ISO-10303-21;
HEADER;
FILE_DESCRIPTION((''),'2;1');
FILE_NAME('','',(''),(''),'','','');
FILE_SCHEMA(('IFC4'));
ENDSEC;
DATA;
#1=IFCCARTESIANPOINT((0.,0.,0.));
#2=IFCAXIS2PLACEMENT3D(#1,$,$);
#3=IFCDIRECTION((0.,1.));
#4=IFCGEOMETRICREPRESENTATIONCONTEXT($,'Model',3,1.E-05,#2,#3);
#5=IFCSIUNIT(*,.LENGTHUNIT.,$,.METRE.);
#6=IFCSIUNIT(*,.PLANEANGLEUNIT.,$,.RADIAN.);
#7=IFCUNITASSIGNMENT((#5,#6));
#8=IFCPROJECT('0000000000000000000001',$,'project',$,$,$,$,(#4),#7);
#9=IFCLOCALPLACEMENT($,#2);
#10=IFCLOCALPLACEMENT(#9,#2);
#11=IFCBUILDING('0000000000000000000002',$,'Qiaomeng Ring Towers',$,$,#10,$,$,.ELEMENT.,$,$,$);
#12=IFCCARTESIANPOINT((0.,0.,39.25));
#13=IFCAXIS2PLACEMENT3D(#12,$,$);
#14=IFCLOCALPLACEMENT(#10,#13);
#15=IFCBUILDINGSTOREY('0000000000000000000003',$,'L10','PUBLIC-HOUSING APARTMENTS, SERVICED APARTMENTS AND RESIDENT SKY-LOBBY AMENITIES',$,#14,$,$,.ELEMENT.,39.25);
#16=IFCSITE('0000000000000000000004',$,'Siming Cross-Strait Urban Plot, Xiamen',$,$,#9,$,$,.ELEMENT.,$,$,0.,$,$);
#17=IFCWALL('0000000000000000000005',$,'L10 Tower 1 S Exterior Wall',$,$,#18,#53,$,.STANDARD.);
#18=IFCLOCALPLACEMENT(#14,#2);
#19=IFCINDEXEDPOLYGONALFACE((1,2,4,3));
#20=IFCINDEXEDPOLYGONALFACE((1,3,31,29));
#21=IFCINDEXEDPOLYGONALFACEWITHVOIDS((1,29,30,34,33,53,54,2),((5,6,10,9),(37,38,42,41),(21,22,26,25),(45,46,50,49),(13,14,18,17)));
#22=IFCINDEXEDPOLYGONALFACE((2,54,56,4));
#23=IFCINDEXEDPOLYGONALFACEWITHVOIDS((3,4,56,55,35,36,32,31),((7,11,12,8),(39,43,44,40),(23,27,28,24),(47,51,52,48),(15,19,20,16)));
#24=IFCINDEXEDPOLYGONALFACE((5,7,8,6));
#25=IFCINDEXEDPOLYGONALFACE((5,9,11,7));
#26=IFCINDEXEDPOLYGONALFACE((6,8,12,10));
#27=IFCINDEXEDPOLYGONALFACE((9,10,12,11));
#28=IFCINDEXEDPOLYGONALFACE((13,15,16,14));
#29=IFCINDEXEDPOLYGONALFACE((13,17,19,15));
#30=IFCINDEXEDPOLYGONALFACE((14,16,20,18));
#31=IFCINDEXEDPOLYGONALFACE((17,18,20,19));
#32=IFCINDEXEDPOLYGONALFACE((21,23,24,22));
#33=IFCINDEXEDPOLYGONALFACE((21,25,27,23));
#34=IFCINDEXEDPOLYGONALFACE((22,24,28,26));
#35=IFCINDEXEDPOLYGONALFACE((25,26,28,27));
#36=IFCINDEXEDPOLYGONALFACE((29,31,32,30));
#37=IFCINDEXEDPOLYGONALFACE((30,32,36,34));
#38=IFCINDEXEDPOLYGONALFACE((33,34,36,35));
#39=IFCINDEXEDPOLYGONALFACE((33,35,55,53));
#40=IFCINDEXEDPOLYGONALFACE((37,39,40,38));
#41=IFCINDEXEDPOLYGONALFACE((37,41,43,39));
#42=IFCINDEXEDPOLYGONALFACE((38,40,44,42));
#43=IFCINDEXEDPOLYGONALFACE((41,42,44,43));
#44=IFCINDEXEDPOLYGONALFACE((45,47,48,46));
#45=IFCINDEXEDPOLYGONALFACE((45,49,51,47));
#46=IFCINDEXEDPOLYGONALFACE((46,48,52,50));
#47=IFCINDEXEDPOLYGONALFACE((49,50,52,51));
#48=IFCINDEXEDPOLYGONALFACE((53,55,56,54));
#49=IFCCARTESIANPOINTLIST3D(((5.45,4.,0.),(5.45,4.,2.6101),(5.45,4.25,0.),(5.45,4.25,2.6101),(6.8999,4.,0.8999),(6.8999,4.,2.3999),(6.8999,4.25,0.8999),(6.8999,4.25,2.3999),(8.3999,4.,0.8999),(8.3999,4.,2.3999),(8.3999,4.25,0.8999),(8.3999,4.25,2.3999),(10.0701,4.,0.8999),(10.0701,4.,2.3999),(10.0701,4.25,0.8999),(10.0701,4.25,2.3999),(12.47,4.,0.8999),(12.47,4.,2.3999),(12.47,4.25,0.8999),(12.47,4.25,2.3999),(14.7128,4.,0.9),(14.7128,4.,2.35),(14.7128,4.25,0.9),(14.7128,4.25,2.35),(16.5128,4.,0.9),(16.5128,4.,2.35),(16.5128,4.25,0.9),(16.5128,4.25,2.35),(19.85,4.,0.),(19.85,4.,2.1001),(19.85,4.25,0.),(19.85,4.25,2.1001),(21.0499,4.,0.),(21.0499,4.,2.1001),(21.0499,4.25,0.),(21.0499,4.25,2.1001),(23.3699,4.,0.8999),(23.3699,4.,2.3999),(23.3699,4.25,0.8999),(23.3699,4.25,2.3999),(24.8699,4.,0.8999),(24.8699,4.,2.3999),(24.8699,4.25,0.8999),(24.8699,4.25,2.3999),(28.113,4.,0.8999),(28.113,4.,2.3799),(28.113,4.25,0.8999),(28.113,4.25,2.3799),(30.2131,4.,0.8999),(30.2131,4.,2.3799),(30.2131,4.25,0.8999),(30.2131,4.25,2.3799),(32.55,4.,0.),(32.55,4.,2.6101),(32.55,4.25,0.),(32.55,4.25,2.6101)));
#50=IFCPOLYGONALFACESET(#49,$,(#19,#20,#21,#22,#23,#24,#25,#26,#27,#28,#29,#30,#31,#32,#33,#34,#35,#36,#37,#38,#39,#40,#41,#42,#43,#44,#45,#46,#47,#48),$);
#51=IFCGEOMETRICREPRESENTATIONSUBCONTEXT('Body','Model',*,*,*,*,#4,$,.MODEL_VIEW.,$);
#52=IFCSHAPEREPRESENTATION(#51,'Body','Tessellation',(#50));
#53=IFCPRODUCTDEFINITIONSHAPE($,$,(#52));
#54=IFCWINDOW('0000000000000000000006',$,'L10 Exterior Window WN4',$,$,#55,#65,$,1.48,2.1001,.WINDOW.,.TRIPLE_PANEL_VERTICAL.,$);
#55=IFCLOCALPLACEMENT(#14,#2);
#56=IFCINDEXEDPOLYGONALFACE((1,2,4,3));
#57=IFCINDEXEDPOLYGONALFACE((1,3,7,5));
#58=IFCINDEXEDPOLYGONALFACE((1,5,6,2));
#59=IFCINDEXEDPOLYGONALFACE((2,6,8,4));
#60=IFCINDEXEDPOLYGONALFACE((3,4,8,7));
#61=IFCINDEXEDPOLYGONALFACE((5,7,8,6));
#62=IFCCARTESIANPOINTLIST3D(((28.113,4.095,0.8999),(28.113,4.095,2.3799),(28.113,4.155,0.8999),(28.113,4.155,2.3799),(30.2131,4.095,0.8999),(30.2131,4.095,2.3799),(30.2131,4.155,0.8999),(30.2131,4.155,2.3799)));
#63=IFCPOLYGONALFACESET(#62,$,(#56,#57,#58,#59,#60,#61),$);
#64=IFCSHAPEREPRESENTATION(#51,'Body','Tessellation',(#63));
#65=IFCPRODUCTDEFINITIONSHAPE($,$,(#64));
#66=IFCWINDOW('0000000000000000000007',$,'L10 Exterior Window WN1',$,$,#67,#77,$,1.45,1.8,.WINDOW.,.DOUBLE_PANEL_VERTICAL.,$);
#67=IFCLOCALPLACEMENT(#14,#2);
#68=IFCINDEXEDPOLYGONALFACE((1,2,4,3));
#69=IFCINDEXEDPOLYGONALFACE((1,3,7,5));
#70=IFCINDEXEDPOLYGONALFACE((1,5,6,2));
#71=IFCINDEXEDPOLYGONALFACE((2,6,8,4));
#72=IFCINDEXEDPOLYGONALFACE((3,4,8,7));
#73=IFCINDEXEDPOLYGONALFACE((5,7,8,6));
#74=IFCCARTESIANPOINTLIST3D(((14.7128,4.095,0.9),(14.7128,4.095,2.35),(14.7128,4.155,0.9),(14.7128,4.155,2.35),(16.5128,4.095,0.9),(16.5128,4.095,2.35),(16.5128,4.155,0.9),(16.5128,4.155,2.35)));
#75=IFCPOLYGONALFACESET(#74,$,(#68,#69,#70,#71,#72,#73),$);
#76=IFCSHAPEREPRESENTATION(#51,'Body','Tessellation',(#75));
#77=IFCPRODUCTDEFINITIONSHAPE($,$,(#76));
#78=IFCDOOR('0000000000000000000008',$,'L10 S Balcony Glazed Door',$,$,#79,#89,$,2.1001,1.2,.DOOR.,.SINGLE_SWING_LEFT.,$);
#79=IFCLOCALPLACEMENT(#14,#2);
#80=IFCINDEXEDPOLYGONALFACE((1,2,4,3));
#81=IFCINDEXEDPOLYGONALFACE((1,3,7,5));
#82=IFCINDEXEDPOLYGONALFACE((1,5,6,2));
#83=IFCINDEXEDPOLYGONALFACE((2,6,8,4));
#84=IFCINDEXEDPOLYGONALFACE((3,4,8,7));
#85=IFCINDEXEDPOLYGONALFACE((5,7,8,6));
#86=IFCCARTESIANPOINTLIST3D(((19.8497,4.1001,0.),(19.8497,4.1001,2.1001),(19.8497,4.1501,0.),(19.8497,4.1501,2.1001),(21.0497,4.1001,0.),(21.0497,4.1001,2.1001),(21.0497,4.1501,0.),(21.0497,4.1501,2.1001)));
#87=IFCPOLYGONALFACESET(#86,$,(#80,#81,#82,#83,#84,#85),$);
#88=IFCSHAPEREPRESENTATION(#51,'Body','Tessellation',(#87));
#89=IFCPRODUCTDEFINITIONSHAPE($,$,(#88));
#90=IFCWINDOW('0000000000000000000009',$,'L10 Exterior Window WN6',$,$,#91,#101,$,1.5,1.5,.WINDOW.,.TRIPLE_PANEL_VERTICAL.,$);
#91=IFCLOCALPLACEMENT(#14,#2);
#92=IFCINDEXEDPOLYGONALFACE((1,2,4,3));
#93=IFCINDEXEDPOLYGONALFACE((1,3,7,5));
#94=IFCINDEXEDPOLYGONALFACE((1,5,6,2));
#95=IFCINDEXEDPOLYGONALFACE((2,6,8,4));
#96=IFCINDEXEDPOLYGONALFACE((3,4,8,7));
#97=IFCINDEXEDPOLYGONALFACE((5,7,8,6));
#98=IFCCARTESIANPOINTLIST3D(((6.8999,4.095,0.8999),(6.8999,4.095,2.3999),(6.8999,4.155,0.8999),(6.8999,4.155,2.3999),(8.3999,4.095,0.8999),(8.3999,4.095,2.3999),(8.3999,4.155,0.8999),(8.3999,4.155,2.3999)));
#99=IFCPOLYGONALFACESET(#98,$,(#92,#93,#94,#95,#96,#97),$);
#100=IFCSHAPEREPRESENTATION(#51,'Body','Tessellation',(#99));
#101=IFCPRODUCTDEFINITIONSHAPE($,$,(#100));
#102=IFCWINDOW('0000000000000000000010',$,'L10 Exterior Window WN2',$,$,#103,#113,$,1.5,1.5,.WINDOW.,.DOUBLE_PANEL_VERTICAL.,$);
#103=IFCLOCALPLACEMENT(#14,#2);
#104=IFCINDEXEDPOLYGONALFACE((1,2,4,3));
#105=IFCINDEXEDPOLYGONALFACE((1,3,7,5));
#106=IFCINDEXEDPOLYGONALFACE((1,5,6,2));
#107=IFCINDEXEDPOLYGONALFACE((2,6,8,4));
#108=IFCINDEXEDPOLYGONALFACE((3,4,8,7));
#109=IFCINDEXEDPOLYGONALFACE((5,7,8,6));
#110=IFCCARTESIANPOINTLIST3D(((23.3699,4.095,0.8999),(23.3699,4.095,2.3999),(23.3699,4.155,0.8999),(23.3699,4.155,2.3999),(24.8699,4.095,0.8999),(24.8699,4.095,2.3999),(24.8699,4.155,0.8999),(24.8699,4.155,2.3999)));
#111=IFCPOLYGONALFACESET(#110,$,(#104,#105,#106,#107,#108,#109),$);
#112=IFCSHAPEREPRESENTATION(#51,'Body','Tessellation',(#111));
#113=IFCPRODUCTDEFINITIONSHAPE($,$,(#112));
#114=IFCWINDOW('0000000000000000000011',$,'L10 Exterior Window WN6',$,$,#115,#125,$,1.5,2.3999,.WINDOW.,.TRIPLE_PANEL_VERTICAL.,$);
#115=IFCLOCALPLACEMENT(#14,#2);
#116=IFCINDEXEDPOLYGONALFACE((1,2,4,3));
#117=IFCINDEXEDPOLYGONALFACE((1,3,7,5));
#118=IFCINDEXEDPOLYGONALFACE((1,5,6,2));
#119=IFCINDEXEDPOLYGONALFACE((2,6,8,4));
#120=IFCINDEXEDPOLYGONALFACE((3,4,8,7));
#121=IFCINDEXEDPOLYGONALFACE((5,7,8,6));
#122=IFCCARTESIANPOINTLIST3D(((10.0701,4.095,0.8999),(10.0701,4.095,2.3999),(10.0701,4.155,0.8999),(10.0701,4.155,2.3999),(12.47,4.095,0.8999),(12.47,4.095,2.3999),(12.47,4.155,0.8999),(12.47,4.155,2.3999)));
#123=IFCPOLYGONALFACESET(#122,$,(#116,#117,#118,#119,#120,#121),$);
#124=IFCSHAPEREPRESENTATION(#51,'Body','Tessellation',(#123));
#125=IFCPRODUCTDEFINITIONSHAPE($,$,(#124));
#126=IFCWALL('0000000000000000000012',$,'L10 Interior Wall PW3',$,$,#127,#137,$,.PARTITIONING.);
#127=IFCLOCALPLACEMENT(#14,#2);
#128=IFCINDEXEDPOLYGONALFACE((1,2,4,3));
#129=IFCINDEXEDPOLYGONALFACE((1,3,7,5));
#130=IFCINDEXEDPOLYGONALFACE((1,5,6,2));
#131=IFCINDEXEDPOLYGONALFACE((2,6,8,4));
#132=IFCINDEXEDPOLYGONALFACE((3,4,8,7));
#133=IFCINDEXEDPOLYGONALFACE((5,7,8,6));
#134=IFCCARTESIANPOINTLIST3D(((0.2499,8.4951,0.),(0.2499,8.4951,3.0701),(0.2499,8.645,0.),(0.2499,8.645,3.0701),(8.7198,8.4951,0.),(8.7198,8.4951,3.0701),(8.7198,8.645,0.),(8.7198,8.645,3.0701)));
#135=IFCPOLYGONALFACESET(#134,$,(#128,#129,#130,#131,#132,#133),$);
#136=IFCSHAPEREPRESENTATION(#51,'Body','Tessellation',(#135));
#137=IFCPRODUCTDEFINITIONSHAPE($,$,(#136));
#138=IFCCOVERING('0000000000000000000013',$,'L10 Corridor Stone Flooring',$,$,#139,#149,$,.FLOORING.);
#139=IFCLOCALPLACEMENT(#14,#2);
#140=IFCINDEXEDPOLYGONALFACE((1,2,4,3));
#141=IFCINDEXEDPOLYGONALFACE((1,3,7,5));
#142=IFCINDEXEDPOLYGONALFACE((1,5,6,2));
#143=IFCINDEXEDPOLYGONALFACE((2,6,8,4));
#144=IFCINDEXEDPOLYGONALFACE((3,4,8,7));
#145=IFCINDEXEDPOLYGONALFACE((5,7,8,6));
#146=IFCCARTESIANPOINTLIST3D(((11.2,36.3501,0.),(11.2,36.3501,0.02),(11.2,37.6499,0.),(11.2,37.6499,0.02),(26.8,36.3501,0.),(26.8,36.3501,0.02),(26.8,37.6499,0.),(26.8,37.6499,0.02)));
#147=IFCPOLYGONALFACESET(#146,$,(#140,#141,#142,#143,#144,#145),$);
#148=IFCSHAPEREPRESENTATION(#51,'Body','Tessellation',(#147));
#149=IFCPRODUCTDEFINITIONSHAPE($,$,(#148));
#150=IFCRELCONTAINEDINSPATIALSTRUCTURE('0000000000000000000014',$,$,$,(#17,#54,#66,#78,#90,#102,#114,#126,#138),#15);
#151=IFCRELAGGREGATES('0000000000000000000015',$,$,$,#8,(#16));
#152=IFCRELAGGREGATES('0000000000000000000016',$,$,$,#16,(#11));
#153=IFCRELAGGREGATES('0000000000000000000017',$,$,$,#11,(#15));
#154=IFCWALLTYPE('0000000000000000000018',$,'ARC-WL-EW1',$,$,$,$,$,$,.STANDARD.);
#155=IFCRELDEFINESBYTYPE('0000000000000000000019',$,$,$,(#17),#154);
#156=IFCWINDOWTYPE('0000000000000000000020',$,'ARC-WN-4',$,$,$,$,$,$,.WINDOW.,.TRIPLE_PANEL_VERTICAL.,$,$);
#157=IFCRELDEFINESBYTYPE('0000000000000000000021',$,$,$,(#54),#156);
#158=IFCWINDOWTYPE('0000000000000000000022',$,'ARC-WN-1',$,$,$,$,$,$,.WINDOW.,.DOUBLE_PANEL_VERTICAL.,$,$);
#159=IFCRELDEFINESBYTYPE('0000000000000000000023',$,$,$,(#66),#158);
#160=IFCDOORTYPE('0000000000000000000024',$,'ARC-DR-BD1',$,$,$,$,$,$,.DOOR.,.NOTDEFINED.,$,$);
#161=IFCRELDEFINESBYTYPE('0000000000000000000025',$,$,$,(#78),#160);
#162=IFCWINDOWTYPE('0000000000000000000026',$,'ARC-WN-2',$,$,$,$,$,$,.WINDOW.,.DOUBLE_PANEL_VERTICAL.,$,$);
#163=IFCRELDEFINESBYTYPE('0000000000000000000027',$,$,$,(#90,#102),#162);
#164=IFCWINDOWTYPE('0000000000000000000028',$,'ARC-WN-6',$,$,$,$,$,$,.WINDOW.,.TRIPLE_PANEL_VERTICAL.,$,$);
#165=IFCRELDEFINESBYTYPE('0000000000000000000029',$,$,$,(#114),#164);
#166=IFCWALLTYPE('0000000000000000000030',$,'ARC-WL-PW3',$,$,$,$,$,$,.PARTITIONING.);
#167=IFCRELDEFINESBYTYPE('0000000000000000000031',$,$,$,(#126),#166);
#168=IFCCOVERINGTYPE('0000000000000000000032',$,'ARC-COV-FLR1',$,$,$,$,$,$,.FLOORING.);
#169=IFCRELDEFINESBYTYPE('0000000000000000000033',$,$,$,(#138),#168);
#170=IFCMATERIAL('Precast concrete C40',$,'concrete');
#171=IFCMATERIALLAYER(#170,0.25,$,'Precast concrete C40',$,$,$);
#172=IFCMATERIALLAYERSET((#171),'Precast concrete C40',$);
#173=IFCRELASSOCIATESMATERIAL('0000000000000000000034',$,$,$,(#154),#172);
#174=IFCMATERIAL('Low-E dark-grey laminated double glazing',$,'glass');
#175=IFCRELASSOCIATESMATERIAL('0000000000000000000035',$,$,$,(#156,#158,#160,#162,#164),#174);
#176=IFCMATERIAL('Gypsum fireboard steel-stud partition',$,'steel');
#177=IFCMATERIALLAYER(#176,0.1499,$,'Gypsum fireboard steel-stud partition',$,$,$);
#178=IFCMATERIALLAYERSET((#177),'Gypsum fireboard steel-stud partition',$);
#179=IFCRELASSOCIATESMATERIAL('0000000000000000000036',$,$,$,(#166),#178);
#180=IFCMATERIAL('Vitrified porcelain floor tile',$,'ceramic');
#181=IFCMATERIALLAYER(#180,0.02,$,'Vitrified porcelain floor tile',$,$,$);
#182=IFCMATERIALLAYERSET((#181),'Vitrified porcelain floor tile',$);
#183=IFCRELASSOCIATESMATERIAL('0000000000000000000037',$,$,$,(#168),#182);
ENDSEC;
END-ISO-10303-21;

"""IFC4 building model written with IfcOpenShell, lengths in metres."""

from ifc_helpers import new_model, si_unit, direction, frame, frame_2d, origin, place, context, subcontext, project, spatial, polyline, rectangle, outline, extrude, source, transform, mapped, material, layer, layer_set, type_object, element, fill, save


model = new_model("IFC4")

# Units and contexts
model_context = context("Model", 3, precision=1e-05, world=origin(), true_north=direction((0.0, 1.0)))
body_context = subcontext(model_context, "Body", "Model", "MODEL_VIEW")
ifc_project = project(units=[si_unit("LENGTHUNIT", "METRE"), si_unit("PLANEANGLEUNIT", "RADIAN")], contexts=[model_context])

# Site, building, storey
site_placement = place(None, origin())
site = spatial("IfcSite", under=ifc_project, at=site_placement, Name="Siming Cross-Strait Urban Plot, Xiamen", CompositionType="ELEMENT", RefElevation=0.0)
building_placement = place(site_placement, origin())
building = spatial("IfcBuilding", under=site, at=building_placement, Name="Qiaomeng Ring Towers", CompositionType="ELEMENT")
storey_placement = place(building_placement, frame((0.0, 0.0, 39.25)))
storey = spatial("IfcBuildingStorey", under=building, at=storey_placement, Name="L10", Description="PUBLIC-HOUSING APARTMENTS, SERVICED APARTMENTS AND RESIDENT SKY-LOBBY AMENITIES", CompositionType="ELEMENT", Elevation=39.25)

# Shared definitions
ifc_material_1 = material(Name="Low-E dark-grey laminated double glazing", Category="glass")

# Wall, openings, windows, door
ifc_material_2 = material(Name="Precast concrete C40", Category="concrete")
ifc_layer_1 = layer(ifc_material_2, 0.25, Name="Precast concrete C40")
ifc_layer_set_1 = layer_set([ifc_layer_1], Name="Precast concrete C40")
wall_type_1 = type_object("IfcWallType", Name="ARC-WL-EW1", PredefinedType="STANDARD", material=ifc_layer_set_1)
wall_1_placement = place(storey_placement, frame((5.45, 4.125, 0.0), z_axis=(0.0, 0.0, 1.0), x_axis=(1.0, 0.0, 0.0)))
wall_1 = element("IfcWall", 1, at=wall_1_placement, inside=storey, type_object=wall_type_1, Name="L10 Tower 1 S Exterior Wall", PredefinedType="STANDARD", context=body_context, shape_type="SweptSolid", body=[
    extrude(rectangle(XDim=27.1001, YDim=0.25, at=frame_2d((13.55, 0.0))), origin(), (0.0, 0.0, 1.0), 2.6101),
])
opening_1_placement = place(wall_1_placement, frame((14.3999, 0.0, 0.0)))
opening_1 = element("IfcOpeningElement", 2, at=opening_1_placement, cuts=wall_1, PredefinedType="OPENING", context=body_context, shape_type="SweptSolid", body=[
    extrude(rectangle(XDim=1.2, YDim=2.1001, at=frame_2d((0.6001, 1.05))), frame((0.0, 0.135, 0.0), z_axis=(0.0, -1.0, 0.0), x_axis=(1.0, 0.0, 0.0)), (0.0, 0.0, 1.0), 0.27),
])
opening_2_placement = place(wall_1_placement, frame((1.45, 0.0, 0.8999)))
opening_2 = element("IfcOpeningElement", 3, at=opening_2_placement, cuts=wall_1, PredefinedType="OPENING", context=body_context, shape_type="SweptSolid", body=[
    extrude(rectangle(XDim=1.5, YDim=1.5, at=frame_2d((0.75, 0.75))), frame((0.0, 0.135, 0.0), z_axis=(0.0, -1.0, 0.0), x_axis=(1.0, 0.0, 0.0)), (0.0, 0.0, 1.0), 0.27),
])
opening_3_placement = place(wall_1_placement, frame((9.2629, 0.0, 0.8999)))
opening_3 = element("IfcOpeningElement", 4, at=opening_3_placement, cuts=wall_1, PredefinedType="OPENING", context=body_context, shape_type="SweptSolid", body=[
    extrude(rectangle(XDim=1.8, YDim=1.45, at=frame_2d((0.8999, 0.7251))), frame((0.0, 0.135, 0.0), z_axis=(0.0, -1.0, 0.0), x_axis=(1.0, 0.0, 0.0)), (0.0, 0.0, 1.0), 0.27),
])
opening_4_placement = place(wall_1_placement, frame((17.9199, 0.0, 0.8999)))
opening_4 = element("IfcOpeningElement", 5, at=opening_4_placement, cuts=wall_1, PredefinedType="OPENING", context=body_context, shape_type="SweptSolid", body=[
    extrude(rectangle(XDim=1.5, YDim=1.5, at=frame_2d((0.75, 0.75))), frame((0.0, 0.135, 0.0), z_axis=(0.0, -1.0, 0.0), x_axis=(1.0, 0.0, 0.0)), (0.0, 0.0, 1.0), 0.27),
])
opening_5_placement = place(wall_1_placement, frame((22.6631, 0.0, 0.8999)))
opening_5 = element("IfcOpeningElement", 6, at=opening_5_placement, cuts=wall_1, PredefinedType="OPENING", context=body_context, shape_type="SweptSolid", body=[
    extrude(rectangle(XDim=2.1001, YDim=1.48, at=frame_2d((1.05, 0.74))), frame((0.0, 0.135, 0.0), z_axis=(0.0, -1.0, 0.0), x_axis=(1.0, 0.0, 0.0)), (0.0, 0.0, 1.0), 0.27),
])
opening_6_placement = place(wall_1_placement, frame((4.6201, 0.0, 0.8999)))
opening_6 = element("IfcOpeningElement", 7, at=opening_6_placement, cuts=wall_1, PredefinedType="OPENING", context=body_context, shape_type="SweptSolid", body=[
    extrude(rectangle(XDim=2.3999, YDim=1.5, at=frame_2d((1.2, 0.75))), frame((0.0, 0.135, 0.0), z_axis=(0.0, -1.0, 0.0), x_axis=(1.0, 0.0, 0.0)), (0.0, 0.0, 1.0), 0.27),
])
window_type_1 = type_object("IfcWindowType", Name="ARC-WN-4", PartitioningType="TRIPLE_PANEL_VERTICAL", PredefinedType="WINDOW", material=ifc_material_1)
shared_shape_1 = source(origin(), body_context, "Body", "SweptSolid", [
    extrude(rectangle(XDim=2.1001, YDim=1.48, at=frame_2d((1.05, 0.74))), frame((0.0, 0.03, 0.0), z_axis=(0.0, -1.0, 0.0), x_axis=(1.0, 0.0, 0.0)), (0.0, 0.0, 1.0), 0.0601),
])
window_1_placement = place(opening_5_placement, origin())
window_1 = element("IfcWindow", 8, at=window_1_placement, inside=storey, type_object=window_type_1, Name="L10 Exterior Window WN4", OverallHeight=1.48, OverallWidth=2.1001, PartitioningType="TRIPLE_PANEL_VERTICAL", PredefinedType="WINDOW", context=body_context, shape_type="MappedRepresentation", body=[
    mapped(shared_shape_1, transform((0.0, 0.0, 0.0), x_axis=(1.0, 0.0, 0.0), y_axis=(0.0, 1.0, 0.0), z_axis=(0.0, 0.0, 1.0), scale=1.0)),
])
fill(opening_5, window_1)
window_type_2 = type_object("IfcWindowType", Name="ARC-WN-1", PartitioningType="DOUBLE_PANEL_VERTICAL", PredefinedType="WINDOW", material=ifc_material_1)
shared_shape_2 = source(origin(), body_context, "Body", "SweptSolid", [
    extrude(rectangle(XDim=1.8, YDim=1.45, at=frame_2d((0.8999, 0.7251))), frame((0.0, 0.03, 0.0), z_axis=(0.0, -1.0, 0.0), x_axis=(1.0, 0.0, 0.0)), (0.0, 0.0, 1.0), 0.0601),
])
window_2_placement = place(opening_3_placement, origin())
window_2 = element("IfcWindow", 9, at=window_2_placement, inside=storey, type_object=window_type_2, Name="L10 Exterior Window WN1", OverallHeight=1.45, OverallWidth=1.8, PartitioningType="DOUBLE_PANEL_VERTICAL", PredefinedType="WINDOW", context=body_context, shape_type="MappedRepresentation", body=[
    mapped(shared_shape_2, transform((0.0, 0.0, 0.0), x_axis=(1.0, 0.0, 0.0), y_axis=(0.0, 1.0, 0.0), z_axis=(0.0, 0.0, 1.0), scale=1.0)),
])
fill(opening_3, window_2)
door_type = type_object("IfcDoorType", Name="ARC-DR-BD1", OperationType="NOTDEFINED", PredefinedType="DOOR", material=ifc_material_1)
shared_shape_3 = source(origin(), body_context, "Body", "SweptSolid", [
    extrude(rectangle(XDim=1.2, YDim=2.1001, at=frame_2d((0.6001, 1.05))), frame((0.0, 0.0249, 0.0), z_axis=(0.0, -1.0, 0.0), x_axis=(1.0, 0.0, 0.0)), (0.0, 0.0, 1.0), 0.05),
])
door_placement = place(opening_1_placement, frame((1.2, 0.0, 0.0), z_axis=(0.0, 0.0, 1.0), x_axis=(-1.0, 0.0, 0.0)))
door = element("IfcDoor", 10, at=door_placement, inside=storey, type_object=door_type, Name="L10 S Balcony Glazed Door", OperationType="SINGLE_SWING_LEFT", OverallHeight=2.1001, OverallWidth=1.2, PredefinedType="DOOR", context=body_context, shape_type="MappedRepresentation", body=[
    mapped(shared_shape_3, transform((0.0, 0.0, 0.0), x_axis=(1.0, 0.0, 0.0), y_axis=(0.0, 1.0, 0.0), z_axis=(0.0, 0.0, 1.0), scale=1.0)),
])
fill(opening_1, door)
window_type_3 = type_object("IfcWindowType", Name="ARC-WN-2", PartitioningType="DOUBLE_PANEL_VERTICAL", PredefinedType="WINDOW", material=ifc_material_1)
shared_shape_4 = source(origin(), body_context, "Body", "SweptSolid", [
    extrude(rectangle(XDim=1.5, YDim=1.5, at=frame_2d((0.75, 0.75))), frame((0.0, 0.03, 0.0), z_axis=(0.0, -1.0, 0.0), x_axis=(1.0, 0.0, 0.0)), (0.0, 0.0, 1.0), 0.0601),
])
window_3_placement = place(opening_2_placement, origin())
window_3 = element("IfcWindow", 11, at=window_3_placement, inside=storey, type_object=window_type_3, Name="L10 Exterior Window WN6", OverallHeight=1.5, OverallWidth=1.5, PartitioningType="TRIPLE_PANEL_VERTICAL", PredefinedType="WINDOW", context=body_context, shape_type="MappedRepresentation", body=[
    mapped(shared_shape_4, transform((0.0, 0.0, 0.0), x_axis=(1.0, 0.0, 0.0), y_axis=(0.0, 1.0, 0.0), z_axis=(0.0, 0.0, 1.0), scale=1.0)),
])
fill(opening_2, window_3)
window_4_placement = place(opening_4_placement, origin())
window_4 = element("IfcWindow", 12, at=window_4_placement, inside=storey, type_object=window_type_3, Name="L10 Exterior Window WN2", OverallHeight=1.5, OverallWidth=1.5, PartitioningType="DOUBLE_PANEL_VERTICAL", PredefinedType="WINDOW", context=body_context, shape_type="MappedRepresentation", body=[
    mapped(shared_shape_4, transform((0.0, 0.0, 0.0), x_axis=(1.0, 0.0, 0.0), y_axis=(0.0, 1.0, 0.0), z_axis=(0.0, 0.0, 1.0), scale=1.0)),
])
fill(opening_4, window_4)
window_type_4 = type_object("IfcWindowType", Name="ARC-WN-6", PartitioningType="TRIPLE_PANEL_VERTICAL", PredefinedType="WINDOW", material=ifc_material_1)
shared_shape_5 = source(origin(), body_context, "Body", "SweptSolid", [
    extrude(rectangle(XDim=2.3999, YDim=1.5, at=frame_2d((1.2, 0.75))), frame((0.0, 0.03, 0.0), z_axis=(0.0, -1.0, 0.0), x_axis=(1.0, 0.0, 0.0)), (0.0, 0.0, 1.0), 0.0601),
])
window_5_placement = place(opening_6_placement, origin())
window_5 = element("IfcWindow", 13, at=window_5_placement, inside=storey, type_object=window_type_4, Name="L10 Exterior Window WN6", OverallHeight=1.5, OverallWidth=2.3999, PartitioningType="TRIPLE_PANEL_VERTICAL", PredefinedType="WINDOW", context=body_context, shape_type="MappedRepresentation", body=[
    mapped(shared_shape_5, transform((0.0, 0.0, 0.0), x_axis=(1.0, 0.0, 0.0), y_axis=(0.0, 1.0, 0.0), z_axis=(0.0, 0.0, 1.0), scale=1.0)),
])
fill(opening_6, window_5)

# Wall
ifc_material_3 = material(Name="Gypsum fireboard steel-stud partition", Category="steel")
ifc_layer_2 = layer(ifc_material_3, 0.1499, Name="Gypsum fireboard steel-stud partition")
ifc_layer_set_2 = layer_set([ifc_layer_2], Name="Gypsum fireboard steel-stud partition")
wall_type_2 = type_object("IfcWallType", Name="ARC-WL-PW3", PredefinedType="PARTITIONING", material=ifc_layer_set_2)
wall_2_placement = place(storey_placement, frame((0.25, 8.5701, 0.0), z_axis=(0.0, 0.0, 1.0), x_axis=(1.0, 0.0, 0.0)))
element("IfcWall", 14, at=wall_2_placement, inside=storey, type_object=wall_type_2, Name="L10 Interior Wall PW3", PredefinedType="PARTITIONING", context=body_context, shape_type="SweptSolid", body=[
    extrude(rectangle(XDim=8.47, YDim=0.1499, at=frame_2d((4.2349, 0.0))), origin(), (0.0, 0.0, 1.0), 3.0701),
])

# Covering
ifc_material_4 = material(Name="Vitrified porcelain floor tile", Category="ceramic")
ifc_layer_3 = layer(ifc_material_4, 0.02, Name="Vitrified porcelain floor tile")
ifc_layer_set_3 = layer_set([ifc_layer_3], Name="Vitrified porcelain floor tile")
covering_type = type_object("IfcCoveringType", Name="ARC-COV-FLR1", PredefinedType="FLOORING", material=ifc_layer_set_3)
covering_placement = place(storey_placement, origin())
element("IfcCovering", 15, at=covering_placement, inside=storey, type_object=covering_type, Name="L10 Corridor Stone Flooring", PredefinedType="FLOORING", context=body_context, shape_type="SweptSolid", body=[
    extrude(outline(polyline([(11.2, 36.3501), (11.2, 37.6499), (26.8, 37.6499), (26.8, 36.3501), (11.2, 36.3501)])), origin(), (0.0, 0.0, 1.0), 0.02),
])

save(model, "model.ifc")
